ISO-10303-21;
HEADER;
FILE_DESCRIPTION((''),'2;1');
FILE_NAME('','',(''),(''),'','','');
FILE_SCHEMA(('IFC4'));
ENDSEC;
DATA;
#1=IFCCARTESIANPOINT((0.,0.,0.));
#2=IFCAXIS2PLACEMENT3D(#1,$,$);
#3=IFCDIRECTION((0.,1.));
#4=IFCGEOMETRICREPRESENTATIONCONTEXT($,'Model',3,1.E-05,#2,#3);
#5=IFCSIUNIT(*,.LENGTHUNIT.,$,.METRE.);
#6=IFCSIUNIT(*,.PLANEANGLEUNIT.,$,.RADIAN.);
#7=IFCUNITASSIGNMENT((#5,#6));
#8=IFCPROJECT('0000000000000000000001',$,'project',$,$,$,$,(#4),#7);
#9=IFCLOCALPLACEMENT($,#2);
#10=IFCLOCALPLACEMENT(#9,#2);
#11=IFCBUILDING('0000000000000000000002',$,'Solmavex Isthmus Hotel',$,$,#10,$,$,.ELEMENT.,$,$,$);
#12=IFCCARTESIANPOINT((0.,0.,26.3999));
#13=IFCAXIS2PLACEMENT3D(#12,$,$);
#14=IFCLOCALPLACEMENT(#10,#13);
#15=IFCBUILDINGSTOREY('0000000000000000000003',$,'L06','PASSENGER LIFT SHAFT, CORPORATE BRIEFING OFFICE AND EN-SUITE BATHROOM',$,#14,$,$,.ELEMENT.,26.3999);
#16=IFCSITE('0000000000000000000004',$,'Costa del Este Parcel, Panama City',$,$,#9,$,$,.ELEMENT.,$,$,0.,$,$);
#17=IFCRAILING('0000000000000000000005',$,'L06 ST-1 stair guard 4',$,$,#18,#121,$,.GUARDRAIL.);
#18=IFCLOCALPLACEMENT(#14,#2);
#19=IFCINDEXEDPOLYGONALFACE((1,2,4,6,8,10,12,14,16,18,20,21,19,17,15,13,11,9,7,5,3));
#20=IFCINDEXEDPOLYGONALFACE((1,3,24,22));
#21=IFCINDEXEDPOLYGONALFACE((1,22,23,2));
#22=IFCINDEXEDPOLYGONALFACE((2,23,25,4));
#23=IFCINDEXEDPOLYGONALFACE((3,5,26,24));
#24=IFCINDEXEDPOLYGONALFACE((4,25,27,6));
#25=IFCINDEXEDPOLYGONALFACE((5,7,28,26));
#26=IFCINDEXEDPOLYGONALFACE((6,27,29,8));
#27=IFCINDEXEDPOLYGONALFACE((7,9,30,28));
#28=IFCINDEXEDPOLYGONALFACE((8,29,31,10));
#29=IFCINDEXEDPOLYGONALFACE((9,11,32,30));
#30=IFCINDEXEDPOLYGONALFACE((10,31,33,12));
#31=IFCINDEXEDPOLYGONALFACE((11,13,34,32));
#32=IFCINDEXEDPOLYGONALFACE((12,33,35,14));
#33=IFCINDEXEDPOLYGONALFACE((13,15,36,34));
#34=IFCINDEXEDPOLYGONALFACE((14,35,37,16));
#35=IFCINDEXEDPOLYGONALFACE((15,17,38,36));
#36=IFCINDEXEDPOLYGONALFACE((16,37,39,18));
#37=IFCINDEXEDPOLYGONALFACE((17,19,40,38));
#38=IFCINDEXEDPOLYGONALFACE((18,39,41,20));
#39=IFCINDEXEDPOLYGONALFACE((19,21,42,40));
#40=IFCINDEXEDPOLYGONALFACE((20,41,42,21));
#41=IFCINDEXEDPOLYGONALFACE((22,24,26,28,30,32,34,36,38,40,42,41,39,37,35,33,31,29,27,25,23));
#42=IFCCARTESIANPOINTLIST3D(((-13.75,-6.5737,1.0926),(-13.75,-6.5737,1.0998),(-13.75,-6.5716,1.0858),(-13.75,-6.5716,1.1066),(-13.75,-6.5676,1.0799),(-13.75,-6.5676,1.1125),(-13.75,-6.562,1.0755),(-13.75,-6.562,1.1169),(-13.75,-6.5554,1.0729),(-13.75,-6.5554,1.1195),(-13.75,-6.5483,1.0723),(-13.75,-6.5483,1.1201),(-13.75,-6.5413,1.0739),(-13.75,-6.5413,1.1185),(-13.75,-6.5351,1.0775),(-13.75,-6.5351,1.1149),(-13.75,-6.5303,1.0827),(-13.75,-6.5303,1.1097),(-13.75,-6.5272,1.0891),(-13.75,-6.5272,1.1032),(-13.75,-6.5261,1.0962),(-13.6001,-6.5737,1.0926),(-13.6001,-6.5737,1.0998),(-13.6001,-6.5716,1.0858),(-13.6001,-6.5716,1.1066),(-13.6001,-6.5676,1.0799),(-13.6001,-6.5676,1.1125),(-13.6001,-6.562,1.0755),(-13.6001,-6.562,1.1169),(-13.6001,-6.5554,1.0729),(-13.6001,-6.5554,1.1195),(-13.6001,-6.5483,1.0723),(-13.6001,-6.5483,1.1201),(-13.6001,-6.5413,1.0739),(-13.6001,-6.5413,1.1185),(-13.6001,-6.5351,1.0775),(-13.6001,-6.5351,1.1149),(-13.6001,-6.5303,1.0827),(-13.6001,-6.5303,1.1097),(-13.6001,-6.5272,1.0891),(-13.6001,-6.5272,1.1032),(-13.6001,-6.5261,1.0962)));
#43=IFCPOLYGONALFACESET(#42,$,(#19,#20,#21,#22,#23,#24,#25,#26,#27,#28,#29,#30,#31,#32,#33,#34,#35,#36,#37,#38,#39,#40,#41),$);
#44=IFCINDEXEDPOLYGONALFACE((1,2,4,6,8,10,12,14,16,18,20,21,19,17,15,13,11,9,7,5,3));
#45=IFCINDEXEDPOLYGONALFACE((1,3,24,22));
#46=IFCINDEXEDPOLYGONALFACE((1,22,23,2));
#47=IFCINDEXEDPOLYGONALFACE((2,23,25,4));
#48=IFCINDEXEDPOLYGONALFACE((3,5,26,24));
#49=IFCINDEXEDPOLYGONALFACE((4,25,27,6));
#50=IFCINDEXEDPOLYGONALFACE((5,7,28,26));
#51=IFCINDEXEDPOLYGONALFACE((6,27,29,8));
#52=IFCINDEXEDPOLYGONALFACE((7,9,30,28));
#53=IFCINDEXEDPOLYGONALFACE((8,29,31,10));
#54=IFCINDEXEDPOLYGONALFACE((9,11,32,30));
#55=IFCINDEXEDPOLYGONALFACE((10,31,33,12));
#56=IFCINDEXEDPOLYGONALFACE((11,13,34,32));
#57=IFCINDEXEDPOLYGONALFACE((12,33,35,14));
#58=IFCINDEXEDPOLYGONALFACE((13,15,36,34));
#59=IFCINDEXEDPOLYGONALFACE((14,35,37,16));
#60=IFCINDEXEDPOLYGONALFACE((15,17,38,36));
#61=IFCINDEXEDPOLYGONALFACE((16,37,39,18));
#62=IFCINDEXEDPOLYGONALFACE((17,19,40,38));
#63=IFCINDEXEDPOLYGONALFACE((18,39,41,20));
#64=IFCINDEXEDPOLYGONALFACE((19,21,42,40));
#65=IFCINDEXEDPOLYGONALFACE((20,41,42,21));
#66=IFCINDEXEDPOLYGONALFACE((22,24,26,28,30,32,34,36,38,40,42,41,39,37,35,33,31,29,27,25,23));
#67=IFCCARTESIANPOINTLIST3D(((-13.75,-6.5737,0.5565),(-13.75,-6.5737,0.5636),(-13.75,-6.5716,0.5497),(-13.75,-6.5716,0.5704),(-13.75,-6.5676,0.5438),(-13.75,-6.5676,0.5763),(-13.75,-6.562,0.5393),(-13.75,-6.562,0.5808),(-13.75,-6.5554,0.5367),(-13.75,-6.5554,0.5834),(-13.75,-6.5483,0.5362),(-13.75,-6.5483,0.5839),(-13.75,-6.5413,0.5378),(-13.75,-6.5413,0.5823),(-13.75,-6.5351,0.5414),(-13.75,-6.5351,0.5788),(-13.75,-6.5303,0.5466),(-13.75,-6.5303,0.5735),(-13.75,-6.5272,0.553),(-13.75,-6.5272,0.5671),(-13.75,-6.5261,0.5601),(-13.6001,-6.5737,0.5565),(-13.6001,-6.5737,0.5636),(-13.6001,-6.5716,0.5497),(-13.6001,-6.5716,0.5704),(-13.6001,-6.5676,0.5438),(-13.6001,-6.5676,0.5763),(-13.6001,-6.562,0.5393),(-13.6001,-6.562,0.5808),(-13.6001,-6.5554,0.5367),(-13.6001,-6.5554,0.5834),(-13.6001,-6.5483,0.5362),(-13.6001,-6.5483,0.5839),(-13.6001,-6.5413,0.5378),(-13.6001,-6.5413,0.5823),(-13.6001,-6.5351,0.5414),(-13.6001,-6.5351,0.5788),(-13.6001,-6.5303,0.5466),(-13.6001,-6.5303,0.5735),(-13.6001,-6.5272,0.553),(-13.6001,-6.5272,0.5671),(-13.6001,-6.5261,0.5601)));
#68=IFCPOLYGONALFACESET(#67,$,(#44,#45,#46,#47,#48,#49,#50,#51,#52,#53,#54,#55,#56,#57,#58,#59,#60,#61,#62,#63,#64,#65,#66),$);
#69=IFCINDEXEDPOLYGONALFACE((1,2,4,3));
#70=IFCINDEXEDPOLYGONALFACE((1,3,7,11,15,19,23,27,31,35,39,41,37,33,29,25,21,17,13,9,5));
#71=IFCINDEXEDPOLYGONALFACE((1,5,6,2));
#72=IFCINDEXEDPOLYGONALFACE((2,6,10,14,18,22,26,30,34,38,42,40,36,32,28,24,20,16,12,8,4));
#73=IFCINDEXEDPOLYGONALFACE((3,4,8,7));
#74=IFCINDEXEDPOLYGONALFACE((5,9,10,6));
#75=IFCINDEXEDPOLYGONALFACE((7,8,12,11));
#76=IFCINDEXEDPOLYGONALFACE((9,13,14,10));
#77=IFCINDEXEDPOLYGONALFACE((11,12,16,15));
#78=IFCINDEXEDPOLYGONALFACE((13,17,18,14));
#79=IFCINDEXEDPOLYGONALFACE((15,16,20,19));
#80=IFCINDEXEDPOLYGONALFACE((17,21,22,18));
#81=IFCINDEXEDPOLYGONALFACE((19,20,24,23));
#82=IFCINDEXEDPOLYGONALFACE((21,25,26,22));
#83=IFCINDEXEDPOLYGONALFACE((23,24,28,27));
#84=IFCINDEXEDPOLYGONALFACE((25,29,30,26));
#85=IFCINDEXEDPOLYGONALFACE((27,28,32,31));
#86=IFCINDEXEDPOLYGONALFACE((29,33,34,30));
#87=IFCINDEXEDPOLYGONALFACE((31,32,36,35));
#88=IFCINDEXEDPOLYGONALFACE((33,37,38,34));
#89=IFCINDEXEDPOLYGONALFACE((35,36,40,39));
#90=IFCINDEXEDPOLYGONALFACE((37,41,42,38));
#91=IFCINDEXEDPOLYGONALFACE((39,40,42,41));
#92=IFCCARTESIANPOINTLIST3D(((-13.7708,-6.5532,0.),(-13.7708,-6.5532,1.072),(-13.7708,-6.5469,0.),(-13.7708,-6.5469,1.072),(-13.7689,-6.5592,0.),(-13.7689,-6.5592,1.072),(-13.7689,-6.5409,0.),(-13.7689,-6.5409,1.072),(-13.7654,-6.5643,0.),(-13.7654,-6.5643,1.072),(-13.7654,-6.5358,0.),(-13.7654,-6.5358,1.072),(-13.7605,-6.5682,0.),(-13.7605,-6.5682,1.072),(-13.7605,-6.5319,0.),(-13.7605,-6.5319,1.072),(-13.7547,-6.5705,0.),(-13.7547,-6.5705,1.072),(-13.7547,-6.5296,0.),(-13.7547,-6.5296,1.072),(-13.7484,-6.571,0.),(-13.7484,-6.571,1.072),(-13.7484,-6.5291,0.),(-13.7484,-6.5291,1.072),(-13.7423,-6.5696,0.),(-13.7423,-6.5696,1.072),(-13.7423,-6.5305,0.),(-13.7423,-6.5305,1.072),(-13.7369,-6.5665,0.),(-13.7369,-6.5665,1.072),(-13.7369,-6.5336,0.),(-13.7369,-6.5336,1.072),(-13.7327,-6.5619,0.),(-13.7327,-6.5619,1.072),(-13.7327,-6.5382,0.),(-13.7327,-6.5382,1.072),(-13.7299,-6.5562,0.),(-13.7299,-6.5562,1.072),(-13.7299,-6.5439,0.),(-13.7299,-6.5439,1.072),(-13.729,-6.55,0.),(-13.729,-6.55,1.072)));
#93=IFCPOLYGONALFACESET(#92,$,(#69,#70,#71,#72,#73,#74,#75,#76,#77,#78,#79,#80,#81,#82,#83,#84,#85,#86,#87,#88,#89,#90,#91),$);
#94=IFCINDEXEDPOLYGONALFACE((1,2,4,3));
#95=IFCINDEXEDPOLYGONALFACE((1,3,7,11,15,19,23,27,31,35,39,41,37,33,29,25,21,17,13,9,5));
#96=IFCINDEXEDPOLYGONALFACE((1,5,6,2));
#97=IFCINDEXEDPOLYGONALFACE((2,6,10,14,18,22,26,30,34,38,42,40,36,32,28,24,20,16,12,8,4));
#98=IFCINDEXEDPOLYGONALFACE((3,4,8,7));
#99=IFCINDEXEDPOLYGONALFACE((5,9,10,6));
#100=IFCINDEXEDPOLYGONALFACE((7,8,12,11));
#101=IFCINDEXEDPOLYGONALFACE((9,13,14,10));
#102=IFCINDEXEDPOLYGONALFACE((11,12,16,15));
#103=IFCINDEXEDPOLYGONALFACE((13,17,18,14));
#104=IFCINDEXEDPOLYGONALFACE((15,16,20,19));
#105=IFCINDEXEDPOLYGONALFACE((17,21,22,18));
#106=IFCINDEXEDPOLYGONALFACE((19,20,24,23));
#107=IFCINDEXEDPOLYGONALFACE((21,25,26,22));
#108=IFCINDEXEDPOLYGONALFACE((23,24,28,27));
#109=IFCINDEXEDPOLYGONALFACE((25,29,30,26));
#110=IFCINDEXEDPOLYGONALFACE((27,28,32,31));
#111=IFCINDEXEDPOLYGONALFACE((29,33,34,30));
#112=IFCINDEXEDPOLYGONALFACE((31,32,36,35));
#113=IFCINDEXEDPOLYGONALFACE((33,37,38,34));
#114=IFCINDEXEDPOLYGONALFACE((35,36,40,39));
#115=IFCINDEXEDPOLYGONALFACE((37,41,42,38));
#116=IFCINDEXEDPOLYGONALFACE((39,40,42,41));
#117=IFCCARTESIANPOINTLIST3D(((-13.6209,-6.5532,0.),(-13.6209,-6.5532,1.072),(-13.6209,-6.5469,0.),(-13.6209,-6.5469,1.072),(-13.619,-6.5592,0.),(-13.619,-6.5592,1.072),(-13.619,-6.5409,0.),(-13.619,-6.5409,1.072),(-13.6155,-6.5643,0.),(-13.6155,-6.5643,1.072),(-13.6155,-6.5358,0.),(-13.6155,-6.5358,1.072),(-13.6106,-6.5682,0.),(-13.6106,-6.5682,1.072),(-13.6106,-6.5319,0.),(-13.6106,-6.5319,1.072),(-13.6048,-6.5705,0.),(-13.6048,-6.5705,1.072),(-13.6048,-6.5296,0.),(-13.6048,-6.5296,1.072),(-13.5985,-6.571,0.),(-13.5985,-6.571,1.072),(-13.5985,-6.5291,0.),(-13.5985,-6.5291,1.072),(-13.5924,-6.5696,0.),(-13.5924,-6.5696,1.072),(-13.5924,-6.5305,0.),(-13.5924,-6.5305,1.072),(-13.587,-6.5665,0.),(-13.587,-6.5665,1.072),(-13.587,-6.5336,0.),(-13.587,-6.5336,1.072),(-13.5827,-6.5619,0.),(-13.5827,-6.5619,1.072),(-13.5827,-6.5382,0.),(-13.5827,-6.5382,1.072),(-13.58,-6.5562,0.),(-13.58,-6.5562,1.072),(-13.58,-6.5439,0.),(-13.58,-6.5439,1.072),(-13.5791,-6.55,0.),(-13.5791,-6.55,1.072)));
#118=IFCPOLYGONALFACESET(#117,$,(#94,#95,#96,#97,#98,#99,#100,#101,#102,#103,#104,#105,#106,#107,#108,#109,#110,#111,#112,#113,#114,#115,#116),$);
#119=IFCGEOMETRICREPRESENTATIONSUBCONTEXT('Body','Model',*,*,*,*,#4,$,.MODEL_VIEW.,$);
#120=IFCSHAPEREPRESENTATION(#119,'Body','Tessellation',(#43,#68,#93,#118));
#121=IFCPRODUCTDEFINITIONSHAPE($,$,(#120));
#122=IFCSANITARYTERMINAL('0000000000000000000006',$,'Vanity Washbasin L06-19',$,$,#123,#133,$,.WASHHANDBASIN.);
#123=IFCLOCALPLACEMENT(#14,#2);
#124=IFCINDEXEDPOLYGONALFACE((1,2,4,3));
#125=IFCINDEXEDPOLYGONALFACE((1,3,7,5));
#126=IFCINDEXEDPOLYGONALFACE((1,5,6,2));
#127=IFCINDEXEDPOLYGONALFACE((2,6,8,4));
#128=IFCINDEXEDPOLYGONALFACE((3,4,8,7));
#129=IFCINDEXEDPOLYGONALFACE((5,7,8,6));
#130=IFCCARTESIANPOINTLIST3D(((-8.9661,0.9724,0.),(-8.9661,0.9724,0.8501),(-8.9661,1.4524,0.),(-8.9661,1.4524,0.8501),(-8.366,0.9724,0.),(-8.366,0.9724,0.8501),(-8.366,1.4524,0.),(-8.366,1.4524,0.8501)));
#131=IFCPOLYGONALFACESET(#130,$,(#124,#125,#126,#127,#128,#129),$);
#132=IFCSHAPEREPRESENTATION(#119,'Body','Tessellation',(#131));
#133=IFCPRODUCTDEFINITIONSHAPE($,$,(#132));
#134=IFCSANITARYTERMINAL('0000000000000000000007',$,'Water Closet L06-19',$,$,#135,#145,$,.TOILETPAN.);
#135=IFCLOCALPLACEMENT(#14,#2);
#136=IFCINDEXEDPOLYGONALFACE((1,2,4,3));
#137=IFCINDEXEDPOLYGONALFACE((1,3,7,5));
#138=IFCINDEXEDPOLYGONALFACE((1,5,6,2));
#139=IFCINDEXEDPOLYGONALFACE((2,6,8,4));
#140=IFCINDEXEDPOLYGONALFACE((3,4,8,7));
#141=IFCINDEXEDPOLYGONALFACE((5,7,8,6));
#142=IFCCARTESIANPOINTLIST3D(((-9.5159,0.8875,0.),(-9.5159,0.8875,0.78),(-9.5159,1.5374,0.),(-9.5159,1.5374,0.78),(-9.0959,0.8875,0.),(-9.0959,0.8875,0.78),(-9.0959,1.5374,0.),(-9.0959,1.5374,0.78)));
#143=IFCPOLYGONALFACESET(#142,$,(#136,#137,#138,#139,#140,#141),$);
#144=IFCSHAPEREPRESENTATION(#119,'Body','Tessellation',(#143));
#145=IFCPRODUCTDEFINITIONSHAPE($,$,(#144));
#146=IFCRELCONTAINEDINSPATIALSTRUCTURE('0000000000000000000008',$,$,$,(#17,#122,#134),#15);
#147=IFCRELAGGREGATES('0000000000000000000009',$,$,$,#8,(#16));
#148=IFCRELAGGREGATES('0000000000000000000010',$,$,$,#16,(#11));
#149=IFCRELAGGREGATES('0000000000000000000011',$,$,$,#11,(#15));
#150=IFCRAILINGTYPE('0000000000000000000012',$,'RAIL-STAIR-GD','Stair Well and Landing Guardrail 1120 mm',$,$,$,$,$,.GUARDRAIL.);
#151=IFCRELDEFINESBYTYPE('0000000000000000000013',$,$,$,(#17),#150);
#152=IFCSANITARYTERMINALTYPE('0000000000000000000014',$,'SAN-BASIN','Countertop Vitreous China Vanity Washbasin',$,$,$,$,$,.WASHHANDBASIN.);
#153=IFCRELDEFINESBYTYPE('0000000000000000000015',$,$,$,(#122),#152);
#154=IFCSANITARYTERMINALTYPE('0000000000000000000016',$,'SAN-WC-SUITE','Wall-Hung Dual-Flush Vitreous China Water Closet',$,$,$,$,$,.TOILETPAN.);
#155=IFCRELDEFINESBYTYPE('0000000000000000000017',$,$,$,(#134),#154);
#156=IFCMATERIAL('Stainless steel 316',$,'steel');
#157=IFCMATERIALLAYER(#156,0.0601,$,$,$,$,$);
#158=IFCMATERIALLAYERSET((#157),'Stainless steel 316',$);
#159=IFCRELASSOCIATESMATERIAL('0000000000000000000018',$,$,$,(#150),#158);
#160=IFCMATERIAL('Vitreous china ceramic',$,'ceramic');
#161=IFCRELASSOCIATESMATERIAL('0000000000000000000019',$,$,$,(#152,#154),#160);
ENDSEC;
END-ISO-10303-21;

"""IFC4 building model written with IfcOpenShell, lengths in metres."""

from ifc_helpers import new_model, si_unit, direction, frame, origin, origin_2d, place, context, subcontext, project, spatial, rectangle, circle, extrude, material, layer, layer_set, type_object, element, save


model = new_model("IFC4")

# Units and contexts
model_context = context("Model", 3, precision=1e-05, world=origin(), true_north=direction((0.0, 1.0)))
body_context = subcontext(model_context, "Body", "Model", "MODEL_VIEW")
ifc_project = project(units=[si_unit("LENGTHUNIT", "METRE"), si_unit("PLANEANGLEUNIT", "RADIAN")], contexts=[model_context])

# Site, building, storey
site_placement = place(None, origin())
site = spatial("IfcSite", under=ifc_project, at=site_placement, Name="Costa del Este Parcel, Panama City", CompositionType="ELEMENT", RefElevation=0.0)
building_placement = place(site_placement, origin())
building = spatial("IfcBuilding", under=site, at=building_placement, Name="Solmavex Isthmus Hotel", CompositionType="ELEMENT")
storey_placement = place(building_placement, frame((0.0, 0.0, 26.3999)))
storey = spatial("IfcBuildingStorey", under=building, at=storey_placement, Name="L06", Description="PASSENGER LIFT SHAFT, CORPORATE BRIEFING OFFICE AND EN-SUITE BATHROOM", CompositionType="ELEMENT", Elevation=26.3999)

# Railing
ifc_material_1 = material(Name="Stainless steel 316", Category="steel")
ifc_layer_1 = layer(ifc_material_1, 0.0601)
ifc_layer_set_1 = layer_set([ifc_layer_1], Name="Stainless steel 316")
railing_type_1 = type_object("IfcRailingType", Name="RAIL-STAIR-GD", Description="Stair Well and Landing Guardrail 1120 mm", PredefinedType="GUARDRAIL", material=ifc_layer_set_1)
railing_1_placement = place(storey_placement, frame((-13.75, -6.55, 0.0)))
element("IfcRailing", 1, at=railing_1_placement, inside=storey, type_object=railing_type_1, Name="L06 ST-1 stair guard 4", PredefinedType="GUARDRAIL", context=body_context, shape_type="SweptSolid", body=[
    extrude(circle(Radius=0.0239, at=origin_2d()), frame((0.0, 0.0, 1.0962), z_axis=(1.0, 0.0, 0.0), x_axis=(0.0, 1.0, 0.0)), (0.0, 0.0, 1.0), 0.1499),
    extrude(circle(Radius=0.0239, at=origin_2d()), frame((0.0, 0.0, 0.5601), z_axis=(1.0, 0.0, 0.0), x_axis=(0.0, 1.0, 0.0)), (0.0, 0.0, 1.0), 0.1499),
    extrude(circle(Radius=0.021, at=origin_2d()), origin(), (0.0, 0.0, 1.0), 1.072),
    extrude(circle(Radius=0.021, at=origin_2d()), frame((0.1499, 0.0, 0.0)), (0.0, 0.0, 1.0), 1.072),
])

# Sanitary terminals
ifc_material_2 = material(Name="Vitreous china ceramic", Category="ceramic")
sanitary_terminal_type_1 = type_object("IfcSanitaryTerminalType", Name="SAN-BASIN", Description="Countertop Vitreous China Vanity Washbasin", PredefinedType="WASHHANDBASIN", material=ifc_material_2)
sanitary_terminal_1_placement = place(storey_placement, frame((-8.666, 1.2124, 0.0), z_axis=(0.0, 0.0, 1.0), x_axis=(1.0, 0.0, 0.0)))
element("IfcSanitaryTerminal", 2, at=sanitary_terminal_1_placement, inside=storey, type_object=sanitary_terminal_type_1, Name="Vanity Washbasin L06-19", PredefinedType="WASHHANDBASIN", context=body_context, shape_type="SweptSolid", body=[
    extrude(rectangle(XDim=0.6001, YDim=0.48, at=origin_2d()), origin(), (0.0, 0.0, 1.0), 0.8501),
])
sanitary_terminal_type_2 = type_object("IfcSanitaryTerminalType", Name="SAN-WC-SUITE", Description="Wall-Hung Dual-Flush Vitreous China Water Closet", PredefinedType="TOILETPAN", material=ifc_material_2)
sanitary_terminal_2_placement = place(storey_placement, frame((-9.3059, 1.2124, 0.0), z_axis=(0.0, 0.0, 1.0), x_axis=(1.0, 0.0, 0.0)))
element("IfcSanitaryTerminal", 3, at=sanitary_terminal_2_placement, inside=storey, type_object=sanitary_terminal_type_2, Name="Water Closet L06-19", PredefinedType="TOILETPAN", context=body_context, shape_type="SweptSolid", body=[
    extrude(rectangle(XDim=0.4199, YDim=0.6499, at=origin_2d()), origin(), (0.0, 0.0, 1.0), 0.78),
])

save(model, "model.ifc")
